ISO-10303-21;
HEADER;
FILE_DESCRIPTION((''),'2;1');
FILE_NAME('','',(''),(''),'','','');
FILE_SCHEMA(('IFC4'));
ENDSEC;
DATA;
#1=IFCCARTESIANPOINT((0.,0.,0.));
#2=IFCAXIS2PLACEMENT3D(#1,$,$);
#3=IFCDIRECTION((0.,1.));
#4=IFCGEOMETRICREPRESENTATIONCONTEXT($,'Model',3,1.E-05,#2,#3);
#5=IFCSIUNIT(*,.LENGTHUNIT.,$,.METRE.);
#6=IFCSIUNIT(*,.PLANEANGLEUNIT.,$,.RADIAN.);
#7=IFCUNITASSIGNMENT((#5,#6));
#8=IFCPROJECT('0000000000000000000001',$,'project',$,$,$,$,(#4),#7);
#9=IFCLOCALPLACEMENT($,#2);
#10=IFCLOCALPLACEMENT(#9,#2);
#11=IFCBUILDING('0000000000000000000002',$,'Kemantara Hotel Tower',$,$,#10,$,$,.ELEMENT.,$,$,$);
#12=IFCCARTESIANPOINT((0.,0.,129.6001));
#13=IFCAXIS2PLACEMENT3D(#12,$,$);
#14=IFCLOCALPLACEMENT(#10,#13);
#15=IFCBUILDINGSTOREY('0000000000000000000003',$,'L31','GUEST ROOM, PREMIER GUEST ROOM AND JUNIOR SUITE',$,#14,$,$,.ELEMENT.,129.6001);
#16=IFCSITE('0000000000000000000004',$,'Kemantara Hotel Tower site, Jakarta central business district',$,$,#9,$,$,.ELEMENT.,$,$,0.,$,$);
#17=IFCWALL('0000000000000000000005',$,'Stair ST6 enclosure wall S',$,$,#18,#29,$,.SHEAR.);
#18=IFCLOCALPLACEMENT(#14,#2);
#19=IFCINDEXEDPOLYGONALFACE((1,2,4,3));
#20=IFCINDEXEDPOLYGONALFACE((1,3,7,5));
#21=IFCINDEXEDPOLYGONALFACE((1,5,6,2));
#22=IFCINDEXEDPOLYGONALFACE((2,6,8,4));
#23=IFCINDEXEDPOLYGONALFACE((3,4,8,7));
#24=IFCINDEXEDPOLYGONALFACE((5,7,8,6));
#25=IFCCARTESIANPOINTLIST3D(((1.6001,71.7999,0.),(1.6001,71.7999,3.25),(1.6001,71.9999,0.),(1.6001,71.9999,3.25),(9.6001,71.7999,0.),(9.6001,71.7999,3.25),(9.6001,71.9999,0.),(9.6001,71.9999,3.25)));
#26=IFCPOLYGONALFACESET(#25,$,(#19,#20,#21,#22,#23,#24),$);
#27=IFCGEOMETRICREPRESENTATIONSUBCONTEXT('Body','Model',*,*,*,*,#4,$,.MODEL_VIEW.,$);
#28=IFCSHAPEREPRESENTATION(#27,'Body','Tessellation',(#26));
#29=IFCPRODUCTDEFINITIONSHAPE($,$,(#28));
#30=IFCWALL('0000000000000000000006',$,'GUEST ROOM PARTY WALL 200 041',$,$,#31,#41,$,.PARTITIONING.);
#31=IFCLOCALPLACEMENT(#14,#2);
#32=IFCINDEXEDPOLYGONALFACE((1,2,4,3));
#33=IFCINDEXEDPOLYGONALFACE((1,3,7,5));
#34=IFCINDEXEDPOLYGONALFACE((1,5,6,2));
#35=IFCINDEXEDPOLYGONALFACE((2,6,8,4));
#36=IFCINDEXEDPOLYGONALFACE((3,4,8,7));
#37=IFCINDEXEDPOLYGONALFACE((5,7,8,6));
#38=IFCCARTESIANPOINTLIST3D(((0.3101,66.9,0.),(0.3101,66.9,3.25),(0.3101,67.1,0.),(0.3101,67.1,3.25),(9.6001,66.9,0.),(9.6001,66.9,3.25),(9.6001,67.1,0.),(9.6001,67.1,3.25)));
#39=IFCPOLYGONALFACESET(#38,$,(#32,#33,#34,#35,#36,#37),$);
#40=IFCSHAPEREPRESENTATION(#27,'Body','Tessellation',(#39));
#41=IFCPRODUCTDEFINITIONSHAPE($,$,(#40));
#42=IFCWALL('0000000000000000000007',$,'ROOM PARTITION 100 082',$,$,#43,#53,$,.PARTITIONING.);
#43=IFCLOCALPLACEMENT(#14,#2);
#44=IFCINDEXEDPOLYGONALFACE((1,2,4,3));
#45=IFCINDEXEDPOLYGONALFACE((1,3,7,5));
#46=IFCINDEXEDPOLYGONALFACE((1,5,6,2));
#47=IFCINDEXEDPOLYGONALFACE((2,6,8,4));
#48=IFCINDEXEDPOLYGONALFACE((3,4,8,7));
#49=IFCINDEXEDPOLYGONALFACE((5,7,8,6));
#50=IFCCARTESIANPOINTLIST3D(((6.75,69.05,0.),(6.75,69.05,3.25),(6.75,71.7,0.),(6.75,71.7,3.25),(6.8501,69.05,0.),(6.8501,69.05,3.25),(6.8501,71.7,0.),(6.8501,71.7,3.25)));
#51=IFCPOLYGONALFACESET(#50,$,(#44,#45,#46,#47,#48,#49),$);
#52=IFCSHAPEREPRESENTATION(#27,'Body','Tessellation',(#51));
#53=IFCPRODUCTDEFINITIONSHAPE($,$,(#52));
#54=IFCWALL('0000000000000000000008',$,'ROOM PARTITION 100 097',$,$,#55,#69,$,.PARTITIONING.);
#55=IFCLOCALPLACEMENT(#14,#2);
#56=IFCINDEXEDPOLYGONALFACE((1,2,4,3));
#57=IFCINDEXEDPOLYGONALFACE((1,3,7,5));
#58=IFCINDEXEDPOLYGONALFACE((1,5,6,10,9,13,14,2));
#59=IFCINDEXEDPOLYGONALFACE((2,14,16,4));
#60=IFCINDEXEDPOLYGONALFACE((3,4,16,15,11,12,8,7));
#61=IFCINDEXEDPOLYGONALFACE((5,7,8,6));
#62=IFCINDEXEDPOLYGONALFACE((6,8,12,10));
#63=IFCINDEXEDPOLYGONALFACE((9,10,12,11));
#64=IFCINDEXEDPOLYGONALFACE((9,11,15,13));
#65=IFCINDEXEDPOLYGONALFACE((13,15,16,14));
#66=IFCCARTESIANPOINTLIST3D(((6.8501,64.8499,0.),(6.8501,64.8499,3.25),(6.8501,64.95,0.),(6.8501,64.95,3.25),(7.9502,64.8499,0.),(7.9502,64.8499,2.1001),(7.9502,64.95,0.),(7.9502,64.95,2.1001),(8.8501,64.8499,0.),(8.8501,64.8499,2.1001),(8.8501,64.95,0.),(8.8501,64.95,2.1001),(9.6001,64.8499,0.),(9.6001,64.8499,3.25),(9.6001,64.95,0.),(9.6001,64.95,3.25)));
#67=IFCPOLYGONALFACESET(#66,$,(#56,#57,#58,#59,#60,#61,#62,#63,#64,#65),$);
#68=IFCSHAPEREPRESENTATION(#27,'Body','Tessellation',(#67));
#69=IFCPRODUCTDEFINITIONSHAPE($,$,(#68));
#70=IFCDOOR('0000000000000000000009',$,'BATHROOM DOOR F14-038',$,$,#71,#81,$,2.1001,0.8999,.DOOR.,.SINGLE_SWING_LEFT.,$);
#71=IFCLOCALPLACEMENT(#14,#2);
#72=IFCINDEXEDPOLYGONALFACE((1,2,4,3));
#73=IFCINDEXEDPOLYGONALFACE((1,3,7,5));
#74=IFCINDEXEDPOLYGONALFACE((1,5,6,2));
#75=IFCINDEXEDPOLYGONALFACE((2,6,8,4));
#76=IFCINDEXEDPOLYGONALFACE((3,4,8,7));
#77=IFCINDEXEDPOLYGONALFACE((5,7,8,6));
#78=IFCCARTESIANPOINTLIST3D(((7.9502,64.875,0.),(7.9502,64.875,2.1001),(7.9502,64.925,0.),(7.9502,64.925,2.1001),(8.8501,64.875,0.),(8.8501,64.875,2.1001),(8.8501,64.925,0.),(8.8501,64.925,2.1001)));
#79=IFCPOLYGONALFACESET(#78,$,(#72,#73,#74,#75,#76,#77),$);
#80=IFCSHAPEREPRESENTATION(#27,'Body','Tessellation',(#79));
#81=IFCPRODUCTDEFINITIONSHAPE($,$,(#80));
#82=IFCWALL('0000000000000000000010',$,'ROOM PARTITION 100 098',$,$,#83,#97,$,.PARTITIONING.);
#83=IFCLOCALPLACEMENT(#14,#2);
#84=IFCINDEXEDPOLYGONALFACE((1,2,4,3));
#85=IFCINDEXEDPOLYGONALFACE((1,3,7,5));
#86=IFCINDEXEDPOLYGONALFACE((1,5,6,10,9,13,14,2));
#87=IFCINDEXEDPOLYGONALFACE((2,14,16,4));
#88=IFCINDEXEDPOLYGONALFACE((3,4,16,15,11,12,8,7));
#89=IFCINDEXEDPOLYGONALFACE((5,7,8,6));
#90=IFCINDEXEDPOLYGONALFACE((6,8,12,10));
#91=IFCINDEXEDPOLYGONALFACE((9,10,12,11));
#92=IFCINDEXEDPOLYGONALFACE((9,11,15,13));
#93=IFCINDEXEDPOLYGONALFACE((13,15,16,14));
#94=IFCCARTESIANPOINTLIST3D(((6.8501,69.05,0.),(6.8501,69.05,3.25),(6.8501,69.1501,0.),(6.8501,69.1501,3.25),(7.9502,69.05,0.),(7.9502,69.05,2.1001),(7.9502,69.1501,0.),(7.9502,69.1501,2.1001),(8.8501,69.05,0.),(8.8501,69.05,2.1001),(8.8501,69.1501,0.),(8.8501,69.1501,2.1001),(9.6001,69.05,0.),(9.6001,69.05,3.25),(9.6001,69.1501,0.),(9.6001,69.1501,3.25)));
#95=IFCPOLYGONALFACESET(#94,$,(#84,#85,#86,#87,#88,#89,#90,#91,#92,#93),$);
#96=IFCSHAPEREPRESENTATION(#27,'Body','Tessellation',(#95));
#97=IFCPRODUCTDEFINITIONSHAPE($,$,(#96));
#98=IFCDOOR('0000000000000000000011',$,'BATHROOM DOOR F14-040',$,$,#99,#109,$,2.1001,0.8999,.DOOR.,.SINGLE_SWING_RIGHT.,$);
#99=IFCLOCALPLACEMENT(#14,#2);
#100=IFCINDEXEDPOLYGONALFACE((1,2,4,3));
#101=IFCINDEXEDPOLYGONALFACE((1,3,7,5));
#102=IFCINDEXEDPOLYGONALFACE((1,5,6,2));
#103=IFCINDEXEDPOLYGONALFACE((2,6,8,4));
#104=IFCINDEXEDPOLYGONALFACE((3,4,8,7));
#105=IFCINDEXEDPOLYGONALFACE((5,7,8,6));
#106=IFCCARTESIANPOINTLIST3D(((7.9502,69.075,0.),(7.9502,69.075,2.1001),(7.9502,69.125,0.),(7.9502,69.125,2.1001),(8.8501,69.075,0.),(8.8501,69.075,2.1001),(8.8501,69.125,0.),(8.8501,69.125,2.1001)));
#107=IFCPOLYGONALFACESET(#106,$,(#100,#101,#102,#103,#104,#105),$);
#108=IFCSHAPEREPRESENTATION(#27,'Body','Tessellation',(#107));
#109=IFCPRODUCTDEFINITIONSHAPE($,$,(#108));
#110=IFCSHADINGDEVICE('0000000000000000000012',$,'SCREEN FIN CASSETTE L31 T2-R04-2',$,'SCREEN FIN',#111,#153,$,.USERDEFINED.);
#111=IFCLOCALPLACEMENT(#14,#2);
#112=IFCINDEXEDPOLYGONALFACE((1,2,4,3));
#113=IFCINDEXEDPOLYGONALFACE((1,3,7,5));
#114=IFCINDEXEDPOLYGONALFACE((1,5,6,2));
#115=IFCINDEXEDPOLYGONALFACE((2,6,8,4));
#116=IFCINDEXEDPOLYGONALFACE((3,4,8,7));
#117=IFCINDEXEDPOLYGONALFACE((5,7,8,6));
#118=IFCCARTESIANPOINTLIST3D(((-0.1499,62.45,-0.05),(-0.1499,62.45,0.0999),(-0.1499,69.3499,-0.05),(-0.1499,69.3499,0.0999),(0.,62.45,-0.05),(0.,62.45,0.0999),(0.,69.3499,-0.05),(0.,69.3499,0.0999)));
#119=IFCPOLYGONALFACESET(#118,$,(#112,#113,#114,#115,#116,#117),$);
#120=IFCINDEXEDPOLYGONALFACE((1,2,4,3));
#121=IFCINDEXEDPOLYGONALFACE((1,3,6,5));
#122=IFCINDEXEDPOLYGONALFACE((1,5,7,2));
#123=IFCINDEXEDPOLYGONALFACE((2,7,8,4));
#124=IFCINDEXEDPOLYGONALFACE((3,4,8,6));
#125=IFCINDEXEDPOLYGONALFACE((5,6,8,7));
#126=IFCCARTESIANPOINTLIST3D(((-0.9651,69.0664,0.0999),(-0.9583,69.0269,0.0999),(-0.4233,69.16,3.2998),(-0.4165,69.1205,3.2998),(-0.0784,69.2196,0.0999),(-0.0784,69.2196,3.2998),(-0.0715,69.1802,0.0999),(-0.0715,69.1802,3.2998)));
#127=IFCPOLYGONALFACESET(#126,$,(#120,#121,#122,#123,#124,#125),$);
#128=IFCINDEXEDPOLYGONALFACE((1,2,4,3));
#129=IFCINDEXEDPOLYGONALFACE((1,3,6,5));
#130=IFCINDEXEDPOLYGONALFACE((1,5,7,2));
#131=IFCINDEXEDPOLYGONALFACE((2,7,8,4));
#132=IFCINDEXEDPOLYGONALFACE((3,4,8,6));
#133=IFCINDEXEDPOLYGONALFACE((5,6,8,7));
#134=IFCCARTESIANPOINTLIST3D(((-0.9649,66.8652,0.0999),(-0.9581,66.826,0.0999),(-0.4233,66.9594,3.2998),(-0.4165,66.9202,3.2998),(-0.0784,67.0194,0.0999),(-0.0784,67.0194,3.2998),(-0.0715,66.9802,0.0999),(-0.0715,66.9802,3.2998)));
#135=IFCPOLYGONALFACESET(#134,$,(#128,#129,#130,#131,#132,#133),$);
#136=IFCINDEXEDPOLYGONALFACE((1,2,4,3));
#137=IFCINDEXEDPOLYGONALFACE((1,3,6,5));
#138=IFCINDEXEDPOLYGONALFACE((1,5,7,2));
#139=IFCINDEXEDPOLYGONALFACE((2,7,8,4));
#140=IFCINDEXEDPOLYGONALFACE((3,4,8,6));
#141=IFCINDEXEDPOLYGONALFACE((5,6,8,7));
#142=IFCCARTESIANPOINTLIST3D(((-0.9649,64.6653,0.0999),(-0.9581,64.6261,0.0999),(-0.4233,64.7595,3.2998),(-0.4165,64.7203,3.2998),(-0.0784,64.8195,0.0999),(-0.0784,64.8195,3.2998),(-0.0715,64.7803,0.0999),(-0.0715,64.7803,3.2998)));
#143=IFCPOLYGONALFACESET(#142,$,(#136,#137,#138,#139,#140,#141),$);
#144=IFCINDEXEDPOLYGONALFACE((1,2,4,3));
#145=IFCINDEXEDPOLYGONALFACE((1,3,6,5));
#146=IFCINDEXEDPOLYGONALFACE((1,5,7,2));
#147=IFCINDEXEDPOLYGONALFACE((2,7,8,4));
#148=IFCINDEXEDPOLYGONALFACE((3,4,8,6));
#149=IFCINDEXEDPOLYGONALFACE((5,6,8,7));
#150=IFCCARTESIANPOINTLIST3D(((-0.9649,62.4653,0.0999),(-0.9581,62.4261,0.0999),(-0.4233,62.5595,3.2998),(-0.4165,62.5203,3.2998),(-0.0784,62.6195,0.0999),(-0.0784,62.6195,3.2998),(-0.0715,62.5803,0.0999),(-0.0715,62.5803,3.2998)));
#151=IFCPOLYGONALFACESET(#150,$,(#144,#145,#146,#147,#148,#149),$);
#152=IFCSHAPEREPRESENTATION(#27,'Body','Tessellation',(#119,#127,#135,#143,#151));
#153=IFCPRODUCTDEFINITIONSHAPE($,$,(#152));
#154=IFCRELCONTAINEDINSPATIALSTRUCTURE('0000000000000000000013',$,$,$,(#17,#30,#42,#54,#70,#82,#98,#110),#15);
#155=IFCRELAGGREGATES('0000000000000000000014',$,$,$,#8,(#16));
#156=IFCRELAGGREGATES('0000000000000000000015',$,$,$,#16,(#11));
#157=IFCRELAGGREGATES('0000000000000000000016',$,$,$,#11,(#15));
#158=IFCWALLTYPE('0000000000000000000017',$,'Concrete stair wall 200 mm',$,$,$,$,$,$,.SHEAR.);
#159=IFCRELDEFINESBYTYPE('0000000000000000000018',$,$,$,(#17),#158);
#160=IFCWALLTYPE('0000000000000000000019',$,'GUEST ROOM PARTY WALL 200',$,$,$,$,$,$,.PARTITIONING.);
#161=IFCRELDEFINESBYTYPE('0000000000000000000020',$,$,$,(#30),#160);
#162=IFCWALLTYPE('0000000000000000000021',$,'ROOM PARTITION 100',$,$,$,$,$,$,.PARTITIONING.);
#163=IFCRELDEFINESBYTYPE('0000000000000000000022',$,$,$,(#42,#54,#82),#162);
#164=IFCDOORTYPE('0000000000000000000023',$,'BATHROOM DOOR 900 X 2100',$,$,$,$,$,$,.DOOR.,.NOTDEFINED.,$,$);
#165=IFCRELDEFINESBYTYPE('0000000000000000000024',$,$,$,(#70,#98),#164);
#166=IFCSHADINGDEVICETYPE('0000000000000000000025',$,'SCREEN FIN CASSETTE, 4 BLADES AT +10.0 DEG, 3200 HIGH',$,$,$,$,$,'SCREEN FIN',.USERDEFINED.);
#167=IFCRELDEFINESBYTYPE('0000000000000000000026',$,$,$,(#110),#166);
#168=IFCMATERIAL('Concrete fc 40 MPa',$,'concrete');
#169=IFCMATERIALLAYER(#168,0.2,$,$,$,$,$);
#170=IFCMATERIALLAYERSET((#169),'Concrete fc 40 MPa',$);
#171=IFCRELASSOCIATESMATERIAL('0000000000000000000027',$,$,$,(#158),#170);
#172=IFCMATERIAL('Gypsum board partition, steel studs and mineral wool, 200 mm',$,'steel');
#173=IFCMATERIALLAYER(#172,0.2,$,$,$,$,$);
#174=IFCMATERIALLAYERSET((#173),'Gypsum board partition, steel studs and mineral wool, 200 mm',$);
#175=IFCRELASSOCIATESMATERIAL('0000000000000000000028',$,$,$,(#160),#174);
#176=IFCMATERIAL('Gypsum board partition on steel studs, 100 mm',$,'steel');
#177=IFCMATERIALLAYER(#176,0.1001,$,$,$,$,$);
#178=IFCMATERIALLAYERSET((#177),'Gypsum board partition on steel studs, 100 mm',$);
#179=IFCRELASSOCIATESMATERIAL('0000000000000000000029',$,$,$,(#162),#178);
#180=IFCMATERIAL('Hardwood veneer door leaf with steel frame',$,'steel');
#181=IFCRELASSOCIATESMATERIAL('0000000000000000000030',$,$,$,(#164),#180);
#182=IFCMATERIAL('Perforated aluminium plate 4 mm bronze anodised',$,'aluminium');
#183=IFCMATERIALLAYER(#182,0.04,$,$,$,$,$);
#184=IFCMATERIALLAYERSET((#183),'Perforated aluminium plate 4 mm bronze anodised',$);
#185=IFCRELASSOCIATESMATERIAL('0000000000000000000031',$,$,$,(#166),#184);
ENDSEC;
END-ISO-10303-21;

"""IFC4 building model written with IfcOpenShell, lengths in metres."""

from ifc_helpers import new_model, si_unit, direction, frame, frame_2d, origin, origin_2d, place, context, subcontext, project, spatial, polyline, rectangle, outline, extrude, source, transform, mapped, material, layer, layer_set, type_object, element, fill, save


model = new_model("IFC4")

# Units and contexts
model_context = context("Model", 3, precision=1e-05, world=origin(), true_north=direction((0.0, 1.0)))
body_context = subcontext(model_context, "Body", "Model", "MODEL_VIEW")
ifc_project = project(units=[si_unit("LENGTHUNIT", "METRE"), si_unit("PLANEANGLEUNIT", "RADIAN")], contexts=[model_context])

# Site, building, storey
site_placement = place(None, origin())
site = spatial("IfcSite", under=ifc_project, at=site_placement, Name="Kemantara Hotel Tower site, Jakarta central business district", CompositionType="ELEMENT", RefElevation=0.0)
building_placement = place(site_placement, origin())
building = spatial("IfcBuilding", under=site, at=building_placement, Name="Kemantara Hotel Tower", CompositionType="ELEMENT")
storey_placement = place(building_placement, frame((0.0, 0.0, 129.6001)))
storey = spatial("IfcBuildingStorey", under=building, at=storey_placement, Name="L31", Description="GUEST ROOM, PREMIER GUEST ROOM AND JUNIOR SUITE", CompositionType="ELEMENT", Elevation=129.6001)

# Shared definitions
ifc_material_1 = material(Name="Gypsum board partition, steel studs and mineral wool, 200 mm", Category="steel")
ifc_material_2 = material(Name="Hardwood veneer door leaf with steel frame", Category="steel")

# Shared definitions
ifc_material_3 = material(Name="Concrete fc 40 MPa", Category="concrete")
ifc_layer_1 = layer(ifc_material_3, 0.2)
ifc_layer_set_1 = layer_set([ifc_layer_1], Name="Concrete fc 40 MPa")
wall_type_1 = type_object("IfcWallType", Name="Concrete stair wall 200 mm", PredefinedType="SHEAR", material=ifc_layer_set_1)

# Walls
wall_1_placement = place(storey_placement, frame((1.6001, 71.8999, 0.0), z_axis=(0.0, 0.0, 1.0), x_axis=(1.0, 0.0, 0.0)))
element("IfcWall", 1, at=wall_1_placement, inside=storey, type_object=wall_type_1, Name="Stair ST6 enclosure wall S", PredefinedType="SHEAR", context=body_context, shape_type="SweptSolid", body=[
    extrude(rectangle(XDim=8.0, YDim=0.2, at=frame_2d((4.0, 0.0))), origin(), (0.0, 0.0, 1.0), 3.25),
])
ifc_layer_2 = layer(ifc_material_1, 0.2)
ifc_layer_set_2 = layer_set([ifc_layer_2], Name="Gypsum board partition, steel studs and mineral wool, 200 mm")
wall_type_2 = type_object("IfcWallType", Name="GUEST ROOM PARTY WALL 200", PredefinedType="PARTITIONING", material=ifc_layer_set_2)
wall_2_placement = place(storey_placement, frame((0.3101, 67.0, 0.0), z_axis=(0.0, 0.0, 1.0), x_axis=(1.0, 0.0, 0.0)))
element("IfcWall", 2, at=wall_2_placement, inside=storey, type_object=wall_type_2, Name="GUEST ROOM PARTY WALL 200 041", PredefinedType="PARTITIONING", context=body_context, shape_type="SweptSolid", body=[
    extrude(rectangle(XDim=9.29, YDim=0.2, at=frame_2d((4.645, 0.0))), origin(), (0.0, 0.0, 1.0), 3.25),
])
ifc_material_4 = material(Name="Gypsum board partition on steel studs, 100 mm", Category="steel")
ifc_layer_3 = layer(ifc_material_4, 0.1001)
ifc_layer_set_3 = layer_set([ifc_layer_3], Name="Gypsum board partition on steel studs, 100 mm")
wall_type_3 = type_object("IfcWallType", Name="ROOM PARTITION 100", PredefinedType="PARTITIONING", material=ifc_layer_set_3)
wall_3_placement = place(storey_placement, frame((6.8, 69.05, 0.0), z_axis=(0.0, 0.0, 1.0), x_axis=(0.0, 1.0, 0.0)))
element("IfcWall", 3, at=wall_3_placement, inside=storey, type_object=wall_type_3, Name="ROOM PARTITION 100 082", PredefinedType="PARTITIONING", context=body_context, shape_type="SweptSolid", body=[
    extrude(rectangle(XDim=2.6499, YDim=0.1001, at=frame_2d((1.325, 0.0))), origin(), (0.0, 0.0, 1.0), 3.25),
])

# Walls, openings, doors
wall_4_placement = place(storey_placement, frame((9.6001, 64.8999, 0.0), z_axis=(0.0, 0.0, 1.0), x_axis=(-1.0, 0.0, 0.0)))
wall_4 = element("IfcWall", 4, at=wall_4_placement, inside=storey, type_object=wall_type_3, Name="ROOM PARTITION 100 097", PredefinedType="PARTITIONING", context=body_context, shape_type="SweptSolid", body=[
    extrude(rectangle(XDim=2.75, YDim=0.1001, at=frame_2d((1.375, 0.0))), origin(), (0.0, 0.0, 1.0), 3.25),
])
opening_1_placement = place(wall_4_placement, frame((0.75, 0.0, 0.0)))
opening_1 = element("IfcOpeningElement", 5, at=opening_1_placement, cuts=wall_4, PredefinedType="OPENING", context=body_context, shape_type="SweptSolid", body=[
    extrude(rectangle(XDim=0.8999, YDim=2.1001, at=frame_2d((0.45, 1.05))), frame((0.0, 0.0601, 0.0), z_axis=(0.0, -1.0, 0.0), x_axis=(1.0, 0.0, 0.0)), (0.0, 0.0, 1.0), 0.1201),
])
door_type_1 = type_object("IfcDoorType", Name="BATHROOM DOOR 900 X 2100", OperationType="NOTDEFINED", PredefinedType="DOOR", material=ifc_material_2)
door_1_placement = place(opening_1_placement, origin())
door_1 = element("IfcDoor", 6, at=door_1_placement, inside=storey, type_object=door_type_1, Name="BATHROOM DOOR F14-038", OperationType="SINGLE_SWING_LEFT", OverallHeight=2.1001, OverallWidth=0.8999, PredefinedType="DOOR", context=body_context, shape_type="SweptSolid", body=[
    extrude(rectangle(XDim=0.8999, YDim=2.1001, at=frame_2d((0.45, 1.05))), frame((0.0, 0.0249, 0.0), z_axis=(0.0, -1.0, 0.0), x_axis=(1.0, 0.0, 0.0)), (0.0, 0.0, 1.0), 0.05),
])
fill(opening_1, door_1)
wall_5_placement = place(storey_placement, frame((6.8501, 69.1001, 0.0), z_axis=(0.0, 0.0, 1.0), x_axis=(1.0, 0.0, 0.0)))
wall_5 = element("IfcWall", 7, at=wall_5_placement, inside=storey, type_object=wall_type_3, Name="ROOM PARTITION 100 098", PredefinedType="PARTITIONING", context=body_context, shape_type="SweptSolid", body=[
    extrude(rectangle(XDim=2.75, YDim=0.1001, at=frame_2d((1.375, 0.0))), origin(), (0.0, 0.0, 1.0), 3.25),
])
opening_2_placement = place(wall_5_placement, frame((1.1001, 0.0, 0.0)))
opening_2 = element("IfcOpeningElement", 8, at=opening_2_placement, cuts=wall_5, PredefinedType="OPENING", context=body_context, shape_type="SweptSolid", body=[
    extrude(rectangle(XDim=0.8999, YDim=2.1001, at=frame_2d((0.45, 1.05))), frame((0.0, 0.0601, 0.0), z_axis=(0.0, -1.0, 0.0), x_axis=(1.0, 0.0, 0.0)), (0.0, 0.0, 1.0), 0.1201),
])
door_2_placement = place(opening_2_placement, origin())
door_2 = element("IfcDoor", 9, at=door_2_placement, inside=storey, type_object=door_type_1, Name="BATHROOM DOOR F14-040", OperationType="SINGLE_SWING_RIGHT", OverallHeight=2.1001, OverallWidth=0.8999, PredefinedType="DOOR", context=body_context, shape_type="SweptSolid", body=[
    extrude(rectangle(XDim=0.8999, YDim=2.1001, at=frame_2d((0.45, 1.05))), frame((0.0, 0.0249, 0.0), z_axis=(0.0, -1.0, 0.0), x_axis=(1.0, 0.0, 0.0)), (0.0, 0.0, 1.0), 0.05),
])
fill(opening_2, door_2)

# Shading device
ifc_material_5 = material(Name="Perforated aluminium plate 4 mm bronze anodised", Category="aluminium")
ifc_layer_4 = layer(ifc_material_5, 0.04)
ifc_layer_set_4 = layer_set([ifc_layer_4], Name="Perforated aluminium plate 4 mm bronze anodised")
shading_device_type = type_object("IfcShadingDeviceType", Name="SCREEN FIN CASSETTE, 4 BLADES AT +10.0 DEG, 3200 HIGH", ElementType="SCREEN FIN", PredefinedType="USERDEFINED", material=ifc_layer_set_4)
shared_shape = source(origin(), body_context, "Body", "SweptSolid", [
    extrude(rectangle(XDim=6.8999, YDim=0.1499, at=origin_2d()), frame((3.3, -0.075, -0.1499), z_axis=(0.0, 0.0, 1.0), x_axis=(1.0, 0.0, 0.0)), (0.0, 0.0, 1.0), 0.1499),
    extrude(outline(polyline([(0.0, 0.0), (0.8999, 0.0), (0.3501, 3.2), (0.0, 3.2), (0.0, 0.0)])), frame((0.0198, -0.0715, 0.0), z_axis=(-0.98539, -0.170314, 0.0), x_axis=(0.170314, -0.98539, 0.0)), (0.0, 0.0, 1.0), 0.04),
    extrude(outline(polyline([(0.0, 0.0), (0.8999, 0.0), (0.3501, 3.2), (0.0, 3.2), (0.0, 0.0)])), frame((2.2197, -0.0715, 0.0), z_axis=(-0.985212, -0.171341, 0.0), x_axis=(0.171341, -0.985212, 0.0)), (0.0, 0.0, 1.0), 0.0398),
    extrude(outline(polyline([(0.0, 0.0), (0.8999, 0.0), (0.3501, 3.2), (0.0, 3.2), (0.0, 0.0)])), frame((4.4197, -0.0715, 0.0), z_axis=(-0.985212, -0.171341, 0.0), x_axis=(0.171341, -0.985212, 0.0)), (0.0, 0.0, 1.0), 0.0398),
    extrude(outline(polyline([(0.0, 0.0), (0.8999, 0.0), (0.3501, 3.2), (0.0, 3.2), (0.0, 0.0)])), frame((6.6196, -0.0715, 0.0), z_axis=(-0.985212, -0.171341, 0.0), x_axis=(0.171341, -0.985212, 0.0)), (0.0, 0.0, 1.0), 0.0398),
])
shading_device_placement = place(storey_placement, frame((0.0, 69.2, 0.0999), z_axis=(0.0, 0.0, 1.0), x_axis=(0.0, -1.0, 0.0)))
element("IfcShadingDevice", 10, at=shading_device_placement, inside=storey, type_object=shading_device_type, Name="SCREEN FIN CASSETTE L31 T2-R04-2", ObjectType="SCREEN FIN", PredefinedType="USERDEFINED", context=body_context, shape_type="MappedRepresentation", body=[
    mapped(shared_shape, transform((0.0, 0.0, 0.0))),
])

save(model, "model.ifc")
